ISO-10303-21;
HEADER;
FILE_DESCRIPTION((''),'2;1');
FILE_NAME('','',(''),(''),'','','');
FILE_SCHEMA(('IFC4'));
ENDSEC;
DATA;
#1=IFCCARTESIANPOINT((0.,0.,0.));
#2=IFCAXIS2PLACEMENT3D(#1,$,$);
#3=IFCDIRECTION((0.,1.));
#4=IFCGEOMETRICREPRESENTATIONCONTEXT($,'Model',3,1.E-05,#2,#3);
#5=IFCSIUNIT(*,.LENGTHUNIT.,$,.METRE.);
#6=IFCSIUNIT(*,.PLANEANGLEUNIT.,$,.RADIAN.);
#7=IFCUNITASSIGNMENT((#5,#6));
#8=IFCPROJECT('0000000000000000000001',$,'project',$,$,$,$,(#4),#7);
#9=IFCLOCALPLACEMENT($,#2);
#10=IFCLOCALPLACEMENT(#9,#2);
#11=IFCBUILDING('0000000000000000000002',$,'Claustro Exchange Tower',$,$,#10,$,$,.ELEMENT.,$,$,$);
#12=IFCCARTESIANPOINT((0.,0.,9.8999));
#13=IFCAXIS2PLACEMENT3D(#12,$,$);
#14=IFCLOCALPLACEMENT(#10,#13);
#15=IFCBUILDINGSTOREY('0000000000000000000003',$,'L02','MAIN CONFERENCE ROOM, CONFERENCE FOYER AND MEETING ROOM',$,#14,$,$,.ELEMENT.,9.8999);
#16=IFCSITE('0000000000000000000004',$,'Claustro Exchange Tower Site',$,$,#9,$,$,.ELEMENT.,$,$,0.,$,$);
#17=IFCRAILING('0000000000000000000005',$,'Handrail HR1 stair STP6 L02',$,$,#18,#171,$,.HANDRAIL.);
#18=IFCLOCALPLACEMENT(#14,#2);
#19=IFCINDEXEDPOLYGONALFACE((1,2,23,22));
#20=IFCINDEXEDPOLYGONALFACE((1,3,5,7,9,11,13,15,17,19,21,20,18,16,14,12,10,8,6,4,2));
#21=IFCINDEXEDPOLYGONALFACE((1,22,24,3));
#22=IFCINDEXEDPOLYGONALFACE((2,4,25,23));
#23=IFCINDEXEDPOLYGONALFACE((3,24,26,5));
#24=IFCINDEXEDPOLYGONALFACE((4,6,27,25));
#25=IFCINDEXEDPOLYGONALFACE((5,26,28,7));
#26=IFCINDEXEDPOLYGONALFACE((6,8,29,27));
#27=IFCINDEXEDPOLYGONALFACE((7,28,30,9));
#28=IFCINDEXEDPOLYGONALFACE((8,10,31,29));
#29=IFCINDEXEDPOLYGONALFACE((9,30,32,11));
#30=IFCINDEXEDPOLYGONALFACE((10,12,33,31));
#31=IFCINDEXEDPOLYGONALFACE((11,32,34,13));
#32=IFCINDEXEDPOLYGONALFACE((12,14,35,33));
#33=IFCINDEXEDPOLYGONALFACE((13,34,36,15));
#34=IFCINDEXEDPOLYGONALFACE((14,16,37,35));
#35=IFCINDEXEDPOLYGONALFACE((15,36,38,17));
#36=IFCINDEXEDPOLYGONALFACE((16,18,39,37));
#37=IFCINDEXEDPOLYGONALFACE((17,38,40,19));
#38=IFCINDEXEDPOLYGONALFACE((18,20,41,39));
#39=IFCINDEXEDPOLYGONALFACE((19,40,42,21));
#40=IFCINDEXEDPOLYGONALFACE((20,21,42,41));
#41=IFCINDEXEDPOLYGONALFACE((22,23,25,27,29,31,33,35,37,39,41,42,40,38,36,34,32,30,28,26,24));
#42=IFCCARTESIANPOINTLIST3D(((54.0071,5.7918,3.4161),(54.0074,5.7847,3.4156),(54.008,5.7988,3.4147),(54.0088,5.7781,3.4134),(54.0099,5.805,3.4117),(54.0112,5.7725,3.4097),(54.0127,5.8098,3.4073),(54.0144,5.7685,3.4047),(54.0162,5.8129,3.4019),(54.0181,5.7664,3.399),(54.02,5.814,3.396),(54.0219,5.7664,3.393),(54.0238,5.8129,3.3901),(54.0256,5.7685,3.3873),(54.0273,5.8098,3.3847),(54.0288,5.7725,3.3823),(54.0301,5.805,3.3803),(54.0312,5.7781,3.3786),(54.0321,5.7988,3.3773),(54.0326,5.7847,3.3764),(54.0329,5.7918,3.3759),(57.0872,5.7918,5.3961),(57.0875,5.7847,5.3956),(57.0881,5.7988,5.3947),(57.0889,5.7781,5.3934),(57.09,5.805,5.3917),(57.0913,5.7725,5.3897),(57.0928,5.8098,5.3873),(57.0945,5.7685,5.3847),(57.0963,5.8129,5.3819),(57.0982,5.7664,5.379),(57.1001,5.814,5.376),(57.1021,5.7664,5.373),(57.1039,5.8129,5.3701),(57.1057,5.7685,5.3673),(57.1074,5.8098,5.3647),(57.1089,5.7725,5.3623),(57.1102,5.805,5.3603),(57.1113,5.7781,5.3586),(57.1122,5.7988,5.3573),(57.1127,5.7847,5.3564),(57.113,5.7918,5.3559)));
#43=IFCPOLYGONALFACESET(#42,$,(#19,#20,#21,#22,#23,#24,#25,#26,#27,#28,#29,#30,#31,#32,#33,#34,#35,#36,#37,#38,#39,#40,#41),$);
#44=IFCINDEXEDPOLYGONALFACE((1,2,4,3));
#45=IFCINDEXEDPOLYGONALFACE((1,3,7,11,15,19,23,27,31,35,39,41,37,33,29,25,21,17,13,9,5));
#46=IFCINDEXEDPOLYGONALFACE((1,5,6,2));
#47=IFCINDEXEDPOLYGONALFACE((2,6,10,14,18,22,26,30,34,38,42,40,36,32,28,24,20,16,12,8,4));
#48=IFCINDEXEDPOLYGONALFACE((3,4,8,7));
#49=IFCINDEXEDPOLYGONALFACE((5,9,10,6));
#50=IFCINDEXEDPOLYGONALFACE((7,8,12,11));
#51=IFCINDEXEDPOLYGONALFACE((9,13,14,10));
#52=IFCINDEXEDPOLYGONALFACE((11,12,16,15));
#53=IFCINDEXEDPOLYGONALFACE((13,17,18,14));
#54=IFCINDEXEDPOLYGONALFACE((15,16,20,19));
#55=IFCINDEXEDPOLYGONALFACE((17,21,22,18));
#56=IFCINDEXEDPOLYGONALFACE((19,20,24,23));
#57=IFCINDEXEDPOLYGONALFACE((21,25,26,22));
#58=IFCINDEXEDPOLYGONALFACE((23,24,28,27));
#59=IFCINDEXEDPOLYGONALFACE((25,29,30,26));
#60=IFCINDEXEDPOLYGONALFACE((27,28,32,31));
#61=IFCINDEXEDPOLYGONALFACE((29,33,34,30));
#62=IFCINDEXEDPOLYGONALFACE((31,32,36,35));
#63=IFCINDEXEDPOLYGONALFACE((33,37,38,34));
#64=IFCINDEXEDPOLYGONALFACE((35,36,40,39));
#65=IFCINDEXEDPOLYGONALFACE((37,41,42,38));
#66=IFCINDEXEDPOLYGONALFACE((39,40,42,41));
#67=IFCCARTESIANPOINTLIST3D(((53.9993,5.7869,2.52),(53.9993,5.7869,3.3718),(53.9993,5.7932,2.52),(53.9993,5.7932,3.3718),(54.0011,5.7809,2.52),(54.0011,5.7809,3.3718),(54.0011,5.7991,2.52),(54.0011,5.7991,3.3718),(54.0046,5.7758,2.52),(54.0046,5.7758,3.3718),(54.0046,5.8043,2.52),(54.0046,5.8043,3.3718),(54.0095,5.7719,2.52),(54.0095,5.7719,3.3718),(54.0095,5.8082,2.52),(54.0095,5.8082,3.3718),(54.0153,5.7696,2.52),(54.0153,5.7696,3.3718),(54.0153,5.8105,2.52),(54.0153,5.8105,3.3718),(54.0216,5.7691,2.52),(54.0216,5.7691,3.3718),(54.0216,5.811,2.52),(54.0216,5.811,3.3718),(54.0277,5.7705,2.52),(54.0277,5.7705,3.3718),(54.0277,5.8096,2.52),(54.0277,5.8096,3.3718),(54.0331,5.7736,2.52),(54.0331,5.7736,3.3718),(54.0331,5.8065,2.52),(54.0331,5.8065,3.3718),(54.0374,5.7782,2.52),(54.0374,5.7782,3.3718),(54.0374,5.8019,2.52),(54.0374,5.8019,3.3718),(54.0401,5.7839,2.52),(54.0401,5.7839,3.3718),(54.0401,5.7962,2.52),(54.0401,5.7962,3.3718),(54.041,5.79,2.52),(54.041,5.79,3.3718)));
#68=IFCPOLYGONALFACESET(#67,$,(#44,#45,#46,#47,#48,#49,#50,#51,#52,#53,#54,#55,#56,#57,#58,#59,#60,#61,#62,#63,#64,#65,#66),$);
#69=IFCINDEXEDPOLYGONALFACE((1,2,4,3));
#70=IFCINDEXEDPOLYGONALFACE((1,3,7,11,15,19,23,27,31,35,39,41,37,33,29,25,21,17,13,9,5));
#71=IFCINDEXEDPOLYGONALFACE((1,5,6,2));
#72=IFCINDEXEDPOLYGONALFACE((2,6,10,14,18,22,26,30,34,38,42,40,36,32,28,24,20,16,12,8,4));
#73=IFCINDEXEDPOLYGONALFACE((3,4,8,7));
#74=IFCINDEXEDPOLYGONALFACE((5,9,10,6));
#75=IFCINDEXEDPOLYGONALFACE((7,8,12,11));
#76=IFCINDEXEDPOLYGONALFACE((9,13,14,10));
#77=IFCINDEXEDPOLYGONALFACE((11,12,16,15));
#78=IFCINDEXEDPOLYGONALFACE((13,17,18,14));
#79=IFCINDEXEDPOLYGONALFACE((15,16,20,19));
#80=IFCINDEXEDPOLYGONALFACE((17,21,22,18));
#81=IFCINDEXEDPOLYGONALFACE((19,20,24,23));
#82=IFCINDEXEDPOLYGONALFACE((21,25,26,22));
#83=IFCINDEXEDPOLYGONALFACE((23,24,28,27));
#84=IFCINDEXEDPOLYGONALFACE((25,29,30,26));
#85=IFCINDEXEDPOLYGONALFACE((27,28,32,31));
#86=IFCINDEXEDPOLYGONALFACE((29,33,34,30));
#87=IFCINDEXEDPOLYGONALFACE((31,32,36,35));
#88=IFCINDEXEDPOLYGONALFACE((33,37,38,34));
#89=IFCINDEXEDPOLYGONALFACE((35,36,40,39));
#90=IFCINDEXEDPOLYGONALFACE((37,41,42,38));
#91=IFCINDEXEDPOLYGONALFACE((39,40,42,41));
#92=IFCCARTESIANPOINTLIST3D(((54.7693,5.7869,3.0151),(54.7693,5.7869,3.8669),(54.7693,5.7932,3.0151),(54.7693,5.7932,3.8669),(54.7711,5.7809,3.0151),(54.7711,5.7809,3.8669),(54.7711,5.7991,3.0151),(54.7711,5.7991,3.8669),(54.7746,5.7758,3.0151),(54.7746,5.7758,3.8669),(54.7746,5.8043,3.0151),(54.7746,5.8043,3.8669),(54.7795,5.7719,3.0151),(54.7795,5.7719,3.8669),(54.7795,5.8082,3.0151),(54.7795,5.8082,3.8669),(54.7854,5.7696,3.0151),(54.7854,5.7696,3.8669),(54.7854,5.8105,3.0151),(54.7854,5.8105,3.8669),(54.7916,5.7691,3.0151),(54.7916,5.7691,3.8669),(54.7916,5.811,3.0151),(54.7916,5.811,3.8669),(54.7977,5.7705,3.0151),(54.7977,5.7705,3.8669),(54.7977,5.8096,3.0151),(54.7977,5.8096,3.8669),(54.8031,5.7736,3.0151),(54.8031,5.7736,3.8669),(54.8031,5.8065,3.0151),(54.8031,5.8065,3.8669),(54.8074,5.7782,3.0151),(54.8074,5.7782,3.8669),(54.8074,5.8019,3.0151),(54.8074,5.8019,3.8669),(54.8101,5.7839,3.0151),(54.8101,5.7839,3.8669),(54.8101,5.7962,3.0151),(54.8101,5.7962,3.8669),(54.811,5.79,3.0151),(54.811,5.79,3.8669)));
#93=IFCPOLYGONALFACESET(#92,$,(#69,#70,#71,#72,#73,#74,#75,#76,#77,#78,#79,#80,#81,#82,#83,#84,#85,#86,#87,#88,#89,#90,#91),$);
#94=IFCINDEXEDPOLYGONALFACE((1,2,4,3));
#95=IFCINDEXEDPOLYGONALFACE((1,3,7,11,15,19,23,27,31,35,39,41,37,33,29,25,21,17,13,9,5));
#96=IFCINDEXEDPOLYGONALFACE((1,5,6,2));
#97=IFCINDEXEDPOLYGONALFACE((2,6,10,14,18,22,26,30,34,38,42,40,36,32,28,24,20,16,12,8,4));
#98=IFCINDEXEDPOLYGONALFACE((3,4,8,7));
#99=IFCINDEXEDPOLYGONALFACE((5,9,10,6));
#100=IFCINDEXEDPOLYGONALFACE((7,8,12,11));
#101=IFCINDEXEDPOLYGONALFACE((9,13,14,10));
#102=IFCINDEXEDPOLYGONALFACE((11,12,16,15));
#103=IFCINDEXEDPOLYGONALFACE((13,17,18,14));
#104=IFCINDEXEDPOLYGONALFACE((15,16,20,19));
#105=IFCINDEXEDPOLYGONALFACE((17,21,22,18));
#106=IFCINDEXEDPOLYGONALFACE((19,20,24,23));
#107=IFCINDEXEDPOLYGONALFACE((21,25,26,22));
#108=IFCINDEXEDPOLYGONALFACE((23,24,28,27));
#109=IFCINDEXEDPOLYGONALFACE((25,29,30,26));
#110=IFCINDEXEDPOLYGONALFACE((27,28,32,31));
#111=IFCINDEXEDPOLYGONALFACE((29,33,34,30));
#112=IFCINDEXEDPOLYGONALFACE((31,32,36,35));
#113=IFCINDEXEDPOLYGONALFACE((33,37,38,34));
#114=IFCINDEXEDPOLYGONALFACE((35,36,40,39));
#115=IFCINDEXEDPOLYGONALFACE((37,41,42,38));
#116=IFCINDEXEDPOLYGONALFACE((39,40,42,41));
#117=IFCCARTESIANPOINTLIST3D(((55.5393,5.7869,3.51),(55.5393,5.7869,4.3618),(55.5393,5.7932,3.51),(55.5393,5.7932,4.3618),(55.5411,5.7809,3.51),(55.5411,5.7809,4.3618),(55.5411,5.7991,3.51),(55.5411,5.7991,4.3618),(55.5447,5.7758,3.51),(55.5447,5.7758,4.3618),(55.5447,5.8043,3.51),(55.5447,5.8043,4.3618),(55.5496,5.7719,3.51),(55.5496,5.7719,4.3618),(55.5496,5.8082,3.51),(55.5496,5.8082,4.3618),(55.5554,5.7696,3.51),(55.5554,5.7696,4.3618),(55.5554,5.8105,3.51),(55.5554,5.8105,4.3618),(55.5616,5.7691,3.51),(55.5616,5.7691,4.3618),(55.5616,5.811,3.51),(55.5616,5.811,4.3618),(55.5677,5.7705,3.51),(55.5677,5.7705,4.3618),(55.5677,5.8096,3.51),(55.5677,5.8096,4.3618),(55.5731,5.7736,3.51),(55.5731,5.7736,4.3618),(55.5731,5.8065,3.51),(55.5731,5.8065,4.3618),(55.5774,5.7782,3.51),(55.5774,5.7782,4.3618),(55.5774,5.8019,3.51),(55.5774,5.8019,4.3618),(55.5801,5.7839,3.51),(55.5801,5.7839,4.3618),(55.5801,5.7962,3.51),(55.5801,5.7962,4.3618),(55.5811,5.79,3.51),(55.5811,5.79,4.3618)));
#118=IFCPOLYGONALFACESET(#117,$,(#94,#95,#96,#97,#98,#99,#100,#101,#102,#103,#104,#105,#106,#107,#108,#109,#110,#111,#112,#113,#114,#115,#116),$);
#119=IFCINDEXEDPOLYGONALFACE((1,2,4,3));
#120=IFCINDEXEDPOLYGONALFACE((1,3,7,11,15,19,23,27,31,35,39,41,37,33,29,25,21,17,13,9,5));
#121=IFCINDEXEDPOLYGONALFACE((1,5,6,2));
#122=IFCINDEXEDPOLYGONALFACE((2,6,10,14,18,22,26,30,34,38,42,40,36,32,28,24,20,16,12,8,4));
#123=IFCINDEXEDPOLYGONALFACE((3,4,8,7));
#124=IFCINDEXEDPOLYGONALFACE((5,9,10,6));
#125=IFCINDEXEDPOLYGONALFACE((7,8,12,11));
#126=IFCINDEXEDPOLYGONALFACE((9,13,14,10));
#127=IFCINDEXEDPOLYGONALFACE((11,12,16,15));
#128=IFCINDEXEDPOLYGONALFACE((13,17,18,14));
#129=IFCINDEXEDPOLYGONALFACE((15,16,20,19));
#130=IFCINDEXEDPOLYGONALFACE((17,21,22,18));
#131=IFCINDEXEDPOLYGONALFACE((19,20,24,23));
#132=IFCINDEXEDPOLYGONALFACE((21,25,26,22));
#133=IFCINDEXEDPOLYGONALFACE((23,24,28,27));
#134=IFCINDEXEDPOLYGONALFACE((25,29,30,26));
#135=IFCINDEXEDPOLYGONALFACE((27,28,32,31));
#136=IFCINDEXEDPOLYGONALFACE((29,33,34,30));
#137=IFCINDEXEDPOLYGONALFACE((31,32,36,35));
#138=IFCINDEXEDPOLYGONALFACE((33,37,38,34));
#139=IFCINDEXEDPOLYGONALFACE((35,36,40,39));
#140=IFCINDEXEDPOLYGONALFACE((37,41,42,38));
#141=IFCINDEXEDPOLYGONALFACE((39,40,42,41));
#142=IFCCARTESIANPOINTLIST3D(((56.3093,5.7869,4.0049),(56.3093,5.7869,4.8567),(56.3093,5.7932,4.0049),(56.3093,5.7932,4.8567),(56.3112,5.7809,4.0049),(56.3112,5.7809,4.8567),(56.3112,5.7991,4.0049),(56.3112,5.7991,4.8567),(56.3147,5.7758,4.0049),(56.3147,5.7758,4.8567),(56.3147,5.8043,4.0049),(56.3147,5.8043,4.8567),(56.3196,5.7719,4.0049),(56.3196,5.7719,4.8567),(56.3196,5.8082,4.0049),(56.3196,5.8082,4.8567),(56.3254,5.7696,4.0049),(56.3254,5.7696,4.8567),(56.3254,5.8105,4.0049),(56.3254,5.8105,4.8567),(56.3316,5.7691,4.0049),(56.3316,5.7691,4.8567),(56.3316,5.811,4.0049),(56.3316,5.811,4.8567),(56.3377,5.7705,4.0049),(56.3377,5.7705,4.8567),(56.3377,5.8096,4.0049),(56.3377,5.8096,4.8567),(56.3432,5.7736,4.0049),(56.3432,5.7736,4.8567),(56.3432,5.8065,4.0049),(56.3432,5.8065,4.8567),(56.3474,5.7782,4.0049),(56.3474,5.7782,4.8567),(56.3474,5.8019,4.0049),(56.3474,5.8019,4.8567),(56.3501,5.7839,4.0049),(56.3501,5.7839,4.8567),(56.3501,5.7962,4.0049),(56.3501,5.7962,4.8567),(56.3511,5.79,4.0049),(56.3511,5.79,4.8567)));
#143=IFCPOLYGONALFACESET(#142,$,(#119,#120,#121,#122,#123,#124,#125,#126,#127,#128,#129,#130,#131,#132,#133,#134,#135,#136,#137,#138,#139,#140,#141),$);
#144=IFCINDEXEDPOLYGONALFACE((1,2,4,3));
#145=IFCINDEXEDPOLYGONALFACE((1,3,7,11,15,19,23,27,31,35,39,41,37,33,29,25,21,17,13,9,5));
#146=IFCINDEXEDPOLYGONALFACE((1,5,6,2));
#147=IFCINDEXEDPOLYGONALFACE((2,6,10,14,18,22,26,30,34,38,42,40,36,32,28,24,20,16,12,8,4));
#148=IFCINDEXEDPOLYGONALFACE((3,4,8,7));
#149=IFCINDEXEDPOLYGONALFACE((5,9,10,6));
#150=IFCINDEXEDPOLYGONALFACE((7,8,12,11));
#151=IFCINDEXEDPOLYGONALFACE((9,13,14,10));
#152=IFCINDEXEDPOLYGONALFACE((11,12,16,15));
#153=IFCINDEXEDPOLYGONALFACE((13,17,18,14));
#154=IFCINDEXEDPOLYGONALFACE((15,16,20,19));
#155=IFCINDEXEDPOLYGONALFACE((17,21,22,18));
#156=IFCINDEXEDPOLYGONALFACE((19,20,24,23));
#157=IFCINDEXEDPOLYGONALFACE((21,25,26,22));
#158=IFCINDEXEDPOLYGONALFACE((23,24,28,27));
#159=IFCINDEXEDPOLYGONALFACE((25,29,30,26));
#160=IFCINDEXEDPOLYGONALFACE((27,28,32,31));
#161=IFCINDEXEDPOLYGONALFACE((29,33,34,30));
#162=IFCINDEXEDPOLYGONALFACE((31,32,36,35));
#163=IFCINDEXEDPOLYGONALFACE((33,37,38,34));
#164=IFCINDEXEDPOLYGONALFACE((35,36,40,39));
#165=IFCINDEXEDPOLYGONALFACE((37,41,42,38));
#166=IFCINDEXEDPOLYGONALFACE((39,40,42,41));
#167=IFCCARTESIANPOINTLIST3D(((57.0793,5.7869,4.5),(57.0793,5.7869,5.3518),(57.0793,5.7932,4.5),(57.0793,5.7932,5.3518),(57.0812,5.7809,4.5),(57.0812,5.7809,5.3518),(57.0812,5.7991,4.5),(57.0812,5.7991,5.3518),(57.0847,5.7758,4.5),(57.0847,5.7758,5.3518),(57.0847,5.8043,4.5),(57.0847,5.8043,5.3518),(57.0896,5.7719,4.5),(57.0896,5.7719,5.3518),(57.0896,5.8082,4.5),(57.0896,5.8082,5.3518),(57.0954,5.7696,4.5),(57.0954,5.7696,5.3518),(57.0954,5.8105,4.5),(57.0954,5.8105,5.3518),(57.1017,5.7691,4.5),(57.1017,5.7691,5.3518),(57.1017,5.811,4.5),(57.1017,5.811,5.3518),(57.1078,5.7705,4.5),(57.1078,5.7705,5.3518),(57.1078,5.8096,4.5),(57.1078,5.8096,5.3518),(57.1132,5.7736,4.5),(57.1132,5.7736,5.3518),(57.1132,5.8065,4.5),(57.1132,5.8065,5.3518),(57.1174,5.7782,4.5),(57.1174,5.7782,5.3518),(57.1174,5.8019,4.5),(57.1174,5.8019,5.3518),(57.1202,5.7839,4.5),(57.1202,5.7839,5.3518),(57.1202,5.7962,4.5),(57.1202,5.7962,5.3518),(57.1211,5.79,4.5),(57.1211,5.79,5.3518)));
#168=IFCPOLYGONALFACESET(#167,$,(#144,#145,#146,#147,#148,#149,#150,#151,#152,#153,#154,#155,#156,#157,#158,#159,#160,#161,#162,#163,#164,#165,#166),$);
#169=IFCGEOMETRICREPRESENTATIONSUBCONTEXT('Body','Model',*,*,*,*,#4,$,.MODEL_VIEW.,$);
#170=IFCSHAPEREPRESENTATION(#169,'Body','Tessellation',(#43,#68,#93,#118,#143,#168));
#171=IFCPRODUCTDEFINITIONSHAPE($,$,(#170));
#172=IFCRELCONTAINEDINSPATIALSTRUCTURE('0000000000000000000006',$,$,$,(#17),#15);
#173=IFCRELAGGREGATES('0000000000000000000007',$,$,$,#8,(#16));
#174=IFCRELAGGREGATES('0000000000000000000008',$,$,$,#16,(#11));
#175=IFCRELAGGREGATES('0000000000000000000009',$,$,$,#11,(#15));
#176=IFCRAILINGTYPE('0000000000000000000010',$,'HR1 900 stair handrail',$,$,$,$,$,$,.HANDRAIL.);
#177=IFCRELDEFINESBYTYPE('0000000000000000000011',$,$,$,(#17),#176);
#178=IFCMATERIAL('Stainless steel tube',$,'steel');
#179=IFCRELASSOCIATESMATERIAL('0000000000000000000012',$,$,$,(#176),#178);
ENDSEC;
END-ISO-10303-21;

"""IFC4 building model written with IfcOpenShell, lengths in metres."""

from ifc_helpers import new_model, si_unit, direction, frame, origin, origin_2d, place, context, subcontext, project, spatial, circle, extrude, material, type_object, element, save


model = new_model("IFC4")

# Units and contexts
model_context = context("Model", 3, precision=1e-05, world=origin(), true_north=direction((0.0, 1.0)))
body_context = subcontext(model_context, "Body", "Model", "MODEL_VIEW")
ifc_project = project(units=[si_unit("LENGTHUNIT", "METRE"), si_unit("PLANEANGLEUNIT", "RADIAN")], contexts=[model_context])

# Site, building, storey
site_placement = place(None, origin())
site = spatial("IfcSite", under=ifc_project, at=site_placement, Name="Claustro Exchange Tower Site", CompositionType="ELEMENT", RefElevation=0.0)
building_placement = place(site_placement, origin())
building = spatial("IfcBuilding", under=site, at=building_placement, Name="Claustro Exchange Tower", CompositionType="ELEMENT")
storey_placement = place(building_placement, frame((0.0, 0.0, 9.8999)))
storey = spatial("IfcBuildingStorey", under=building, at=storey_placement, Name="L02", Description="MAIN CONFERENCE ROOM, CONFERENCE FOYER AND MEETING ROOM", CompositionType="ELEMENT", Elevation=9.8999)

# Railing
ifc_material_1 = material(Name="Stainless steel tube", Category="steel")
railing_type_1 = type_object("IfcRailingType", Name="HR1 900 stair handrail", PredefinedType="HANDRAIL", material=ifc_material_1)
railing_1_placement = place(storey_placement, frame((54.02, 5.79, 2.52)))
element("IfcRailing", 1, at=railing_1_placement, inside=storey, type_object=railing_type_1, Name="Handrail HR1 stair STP6 L02", PredefinedType="HANDRAIL", context=body_context, shape_type="SweptSolid", body=[
    extrude(circle(Radius=0.0239, at=origin_2d()), frame((0.0, 0.0, 0.876), z_axis=(0.841187, 0.0, 0.540744), x_axis=(0.0, 1.0, 0.0)), (0.0, 0.0, 1.0), 3.6616),
    extrude(circle(Radius=0.021, at=origin_2d()), origin(), (0.0, 0.0, 1.0), 0.8518),
    extrude(circle(Radius=0.021, at=origin_2d()), frame((0.77, 0.0, 0.4951)), (0.0, 0.0, 1.0), 0.8518),
    extrude(circle(Radius=0.021, at=origin_2d()), frame((1.54, 0.0, 0.99)), (0.0, 0.0, 1.0), 0.8518),
    extrude(circle(Radius=0.021, at=origin_2d()), frame((2.3101, 0.0, 1.4849)), (0.0, 0.0, 1.0), 0.8518),
    extrude(circle(Radius=0.021, at=origin_2d()), frame((3.0801, 0.0, 1.98)), (0.0, 0.0, 1.0), 0.8518),
])

save(model, "model.ifc")
